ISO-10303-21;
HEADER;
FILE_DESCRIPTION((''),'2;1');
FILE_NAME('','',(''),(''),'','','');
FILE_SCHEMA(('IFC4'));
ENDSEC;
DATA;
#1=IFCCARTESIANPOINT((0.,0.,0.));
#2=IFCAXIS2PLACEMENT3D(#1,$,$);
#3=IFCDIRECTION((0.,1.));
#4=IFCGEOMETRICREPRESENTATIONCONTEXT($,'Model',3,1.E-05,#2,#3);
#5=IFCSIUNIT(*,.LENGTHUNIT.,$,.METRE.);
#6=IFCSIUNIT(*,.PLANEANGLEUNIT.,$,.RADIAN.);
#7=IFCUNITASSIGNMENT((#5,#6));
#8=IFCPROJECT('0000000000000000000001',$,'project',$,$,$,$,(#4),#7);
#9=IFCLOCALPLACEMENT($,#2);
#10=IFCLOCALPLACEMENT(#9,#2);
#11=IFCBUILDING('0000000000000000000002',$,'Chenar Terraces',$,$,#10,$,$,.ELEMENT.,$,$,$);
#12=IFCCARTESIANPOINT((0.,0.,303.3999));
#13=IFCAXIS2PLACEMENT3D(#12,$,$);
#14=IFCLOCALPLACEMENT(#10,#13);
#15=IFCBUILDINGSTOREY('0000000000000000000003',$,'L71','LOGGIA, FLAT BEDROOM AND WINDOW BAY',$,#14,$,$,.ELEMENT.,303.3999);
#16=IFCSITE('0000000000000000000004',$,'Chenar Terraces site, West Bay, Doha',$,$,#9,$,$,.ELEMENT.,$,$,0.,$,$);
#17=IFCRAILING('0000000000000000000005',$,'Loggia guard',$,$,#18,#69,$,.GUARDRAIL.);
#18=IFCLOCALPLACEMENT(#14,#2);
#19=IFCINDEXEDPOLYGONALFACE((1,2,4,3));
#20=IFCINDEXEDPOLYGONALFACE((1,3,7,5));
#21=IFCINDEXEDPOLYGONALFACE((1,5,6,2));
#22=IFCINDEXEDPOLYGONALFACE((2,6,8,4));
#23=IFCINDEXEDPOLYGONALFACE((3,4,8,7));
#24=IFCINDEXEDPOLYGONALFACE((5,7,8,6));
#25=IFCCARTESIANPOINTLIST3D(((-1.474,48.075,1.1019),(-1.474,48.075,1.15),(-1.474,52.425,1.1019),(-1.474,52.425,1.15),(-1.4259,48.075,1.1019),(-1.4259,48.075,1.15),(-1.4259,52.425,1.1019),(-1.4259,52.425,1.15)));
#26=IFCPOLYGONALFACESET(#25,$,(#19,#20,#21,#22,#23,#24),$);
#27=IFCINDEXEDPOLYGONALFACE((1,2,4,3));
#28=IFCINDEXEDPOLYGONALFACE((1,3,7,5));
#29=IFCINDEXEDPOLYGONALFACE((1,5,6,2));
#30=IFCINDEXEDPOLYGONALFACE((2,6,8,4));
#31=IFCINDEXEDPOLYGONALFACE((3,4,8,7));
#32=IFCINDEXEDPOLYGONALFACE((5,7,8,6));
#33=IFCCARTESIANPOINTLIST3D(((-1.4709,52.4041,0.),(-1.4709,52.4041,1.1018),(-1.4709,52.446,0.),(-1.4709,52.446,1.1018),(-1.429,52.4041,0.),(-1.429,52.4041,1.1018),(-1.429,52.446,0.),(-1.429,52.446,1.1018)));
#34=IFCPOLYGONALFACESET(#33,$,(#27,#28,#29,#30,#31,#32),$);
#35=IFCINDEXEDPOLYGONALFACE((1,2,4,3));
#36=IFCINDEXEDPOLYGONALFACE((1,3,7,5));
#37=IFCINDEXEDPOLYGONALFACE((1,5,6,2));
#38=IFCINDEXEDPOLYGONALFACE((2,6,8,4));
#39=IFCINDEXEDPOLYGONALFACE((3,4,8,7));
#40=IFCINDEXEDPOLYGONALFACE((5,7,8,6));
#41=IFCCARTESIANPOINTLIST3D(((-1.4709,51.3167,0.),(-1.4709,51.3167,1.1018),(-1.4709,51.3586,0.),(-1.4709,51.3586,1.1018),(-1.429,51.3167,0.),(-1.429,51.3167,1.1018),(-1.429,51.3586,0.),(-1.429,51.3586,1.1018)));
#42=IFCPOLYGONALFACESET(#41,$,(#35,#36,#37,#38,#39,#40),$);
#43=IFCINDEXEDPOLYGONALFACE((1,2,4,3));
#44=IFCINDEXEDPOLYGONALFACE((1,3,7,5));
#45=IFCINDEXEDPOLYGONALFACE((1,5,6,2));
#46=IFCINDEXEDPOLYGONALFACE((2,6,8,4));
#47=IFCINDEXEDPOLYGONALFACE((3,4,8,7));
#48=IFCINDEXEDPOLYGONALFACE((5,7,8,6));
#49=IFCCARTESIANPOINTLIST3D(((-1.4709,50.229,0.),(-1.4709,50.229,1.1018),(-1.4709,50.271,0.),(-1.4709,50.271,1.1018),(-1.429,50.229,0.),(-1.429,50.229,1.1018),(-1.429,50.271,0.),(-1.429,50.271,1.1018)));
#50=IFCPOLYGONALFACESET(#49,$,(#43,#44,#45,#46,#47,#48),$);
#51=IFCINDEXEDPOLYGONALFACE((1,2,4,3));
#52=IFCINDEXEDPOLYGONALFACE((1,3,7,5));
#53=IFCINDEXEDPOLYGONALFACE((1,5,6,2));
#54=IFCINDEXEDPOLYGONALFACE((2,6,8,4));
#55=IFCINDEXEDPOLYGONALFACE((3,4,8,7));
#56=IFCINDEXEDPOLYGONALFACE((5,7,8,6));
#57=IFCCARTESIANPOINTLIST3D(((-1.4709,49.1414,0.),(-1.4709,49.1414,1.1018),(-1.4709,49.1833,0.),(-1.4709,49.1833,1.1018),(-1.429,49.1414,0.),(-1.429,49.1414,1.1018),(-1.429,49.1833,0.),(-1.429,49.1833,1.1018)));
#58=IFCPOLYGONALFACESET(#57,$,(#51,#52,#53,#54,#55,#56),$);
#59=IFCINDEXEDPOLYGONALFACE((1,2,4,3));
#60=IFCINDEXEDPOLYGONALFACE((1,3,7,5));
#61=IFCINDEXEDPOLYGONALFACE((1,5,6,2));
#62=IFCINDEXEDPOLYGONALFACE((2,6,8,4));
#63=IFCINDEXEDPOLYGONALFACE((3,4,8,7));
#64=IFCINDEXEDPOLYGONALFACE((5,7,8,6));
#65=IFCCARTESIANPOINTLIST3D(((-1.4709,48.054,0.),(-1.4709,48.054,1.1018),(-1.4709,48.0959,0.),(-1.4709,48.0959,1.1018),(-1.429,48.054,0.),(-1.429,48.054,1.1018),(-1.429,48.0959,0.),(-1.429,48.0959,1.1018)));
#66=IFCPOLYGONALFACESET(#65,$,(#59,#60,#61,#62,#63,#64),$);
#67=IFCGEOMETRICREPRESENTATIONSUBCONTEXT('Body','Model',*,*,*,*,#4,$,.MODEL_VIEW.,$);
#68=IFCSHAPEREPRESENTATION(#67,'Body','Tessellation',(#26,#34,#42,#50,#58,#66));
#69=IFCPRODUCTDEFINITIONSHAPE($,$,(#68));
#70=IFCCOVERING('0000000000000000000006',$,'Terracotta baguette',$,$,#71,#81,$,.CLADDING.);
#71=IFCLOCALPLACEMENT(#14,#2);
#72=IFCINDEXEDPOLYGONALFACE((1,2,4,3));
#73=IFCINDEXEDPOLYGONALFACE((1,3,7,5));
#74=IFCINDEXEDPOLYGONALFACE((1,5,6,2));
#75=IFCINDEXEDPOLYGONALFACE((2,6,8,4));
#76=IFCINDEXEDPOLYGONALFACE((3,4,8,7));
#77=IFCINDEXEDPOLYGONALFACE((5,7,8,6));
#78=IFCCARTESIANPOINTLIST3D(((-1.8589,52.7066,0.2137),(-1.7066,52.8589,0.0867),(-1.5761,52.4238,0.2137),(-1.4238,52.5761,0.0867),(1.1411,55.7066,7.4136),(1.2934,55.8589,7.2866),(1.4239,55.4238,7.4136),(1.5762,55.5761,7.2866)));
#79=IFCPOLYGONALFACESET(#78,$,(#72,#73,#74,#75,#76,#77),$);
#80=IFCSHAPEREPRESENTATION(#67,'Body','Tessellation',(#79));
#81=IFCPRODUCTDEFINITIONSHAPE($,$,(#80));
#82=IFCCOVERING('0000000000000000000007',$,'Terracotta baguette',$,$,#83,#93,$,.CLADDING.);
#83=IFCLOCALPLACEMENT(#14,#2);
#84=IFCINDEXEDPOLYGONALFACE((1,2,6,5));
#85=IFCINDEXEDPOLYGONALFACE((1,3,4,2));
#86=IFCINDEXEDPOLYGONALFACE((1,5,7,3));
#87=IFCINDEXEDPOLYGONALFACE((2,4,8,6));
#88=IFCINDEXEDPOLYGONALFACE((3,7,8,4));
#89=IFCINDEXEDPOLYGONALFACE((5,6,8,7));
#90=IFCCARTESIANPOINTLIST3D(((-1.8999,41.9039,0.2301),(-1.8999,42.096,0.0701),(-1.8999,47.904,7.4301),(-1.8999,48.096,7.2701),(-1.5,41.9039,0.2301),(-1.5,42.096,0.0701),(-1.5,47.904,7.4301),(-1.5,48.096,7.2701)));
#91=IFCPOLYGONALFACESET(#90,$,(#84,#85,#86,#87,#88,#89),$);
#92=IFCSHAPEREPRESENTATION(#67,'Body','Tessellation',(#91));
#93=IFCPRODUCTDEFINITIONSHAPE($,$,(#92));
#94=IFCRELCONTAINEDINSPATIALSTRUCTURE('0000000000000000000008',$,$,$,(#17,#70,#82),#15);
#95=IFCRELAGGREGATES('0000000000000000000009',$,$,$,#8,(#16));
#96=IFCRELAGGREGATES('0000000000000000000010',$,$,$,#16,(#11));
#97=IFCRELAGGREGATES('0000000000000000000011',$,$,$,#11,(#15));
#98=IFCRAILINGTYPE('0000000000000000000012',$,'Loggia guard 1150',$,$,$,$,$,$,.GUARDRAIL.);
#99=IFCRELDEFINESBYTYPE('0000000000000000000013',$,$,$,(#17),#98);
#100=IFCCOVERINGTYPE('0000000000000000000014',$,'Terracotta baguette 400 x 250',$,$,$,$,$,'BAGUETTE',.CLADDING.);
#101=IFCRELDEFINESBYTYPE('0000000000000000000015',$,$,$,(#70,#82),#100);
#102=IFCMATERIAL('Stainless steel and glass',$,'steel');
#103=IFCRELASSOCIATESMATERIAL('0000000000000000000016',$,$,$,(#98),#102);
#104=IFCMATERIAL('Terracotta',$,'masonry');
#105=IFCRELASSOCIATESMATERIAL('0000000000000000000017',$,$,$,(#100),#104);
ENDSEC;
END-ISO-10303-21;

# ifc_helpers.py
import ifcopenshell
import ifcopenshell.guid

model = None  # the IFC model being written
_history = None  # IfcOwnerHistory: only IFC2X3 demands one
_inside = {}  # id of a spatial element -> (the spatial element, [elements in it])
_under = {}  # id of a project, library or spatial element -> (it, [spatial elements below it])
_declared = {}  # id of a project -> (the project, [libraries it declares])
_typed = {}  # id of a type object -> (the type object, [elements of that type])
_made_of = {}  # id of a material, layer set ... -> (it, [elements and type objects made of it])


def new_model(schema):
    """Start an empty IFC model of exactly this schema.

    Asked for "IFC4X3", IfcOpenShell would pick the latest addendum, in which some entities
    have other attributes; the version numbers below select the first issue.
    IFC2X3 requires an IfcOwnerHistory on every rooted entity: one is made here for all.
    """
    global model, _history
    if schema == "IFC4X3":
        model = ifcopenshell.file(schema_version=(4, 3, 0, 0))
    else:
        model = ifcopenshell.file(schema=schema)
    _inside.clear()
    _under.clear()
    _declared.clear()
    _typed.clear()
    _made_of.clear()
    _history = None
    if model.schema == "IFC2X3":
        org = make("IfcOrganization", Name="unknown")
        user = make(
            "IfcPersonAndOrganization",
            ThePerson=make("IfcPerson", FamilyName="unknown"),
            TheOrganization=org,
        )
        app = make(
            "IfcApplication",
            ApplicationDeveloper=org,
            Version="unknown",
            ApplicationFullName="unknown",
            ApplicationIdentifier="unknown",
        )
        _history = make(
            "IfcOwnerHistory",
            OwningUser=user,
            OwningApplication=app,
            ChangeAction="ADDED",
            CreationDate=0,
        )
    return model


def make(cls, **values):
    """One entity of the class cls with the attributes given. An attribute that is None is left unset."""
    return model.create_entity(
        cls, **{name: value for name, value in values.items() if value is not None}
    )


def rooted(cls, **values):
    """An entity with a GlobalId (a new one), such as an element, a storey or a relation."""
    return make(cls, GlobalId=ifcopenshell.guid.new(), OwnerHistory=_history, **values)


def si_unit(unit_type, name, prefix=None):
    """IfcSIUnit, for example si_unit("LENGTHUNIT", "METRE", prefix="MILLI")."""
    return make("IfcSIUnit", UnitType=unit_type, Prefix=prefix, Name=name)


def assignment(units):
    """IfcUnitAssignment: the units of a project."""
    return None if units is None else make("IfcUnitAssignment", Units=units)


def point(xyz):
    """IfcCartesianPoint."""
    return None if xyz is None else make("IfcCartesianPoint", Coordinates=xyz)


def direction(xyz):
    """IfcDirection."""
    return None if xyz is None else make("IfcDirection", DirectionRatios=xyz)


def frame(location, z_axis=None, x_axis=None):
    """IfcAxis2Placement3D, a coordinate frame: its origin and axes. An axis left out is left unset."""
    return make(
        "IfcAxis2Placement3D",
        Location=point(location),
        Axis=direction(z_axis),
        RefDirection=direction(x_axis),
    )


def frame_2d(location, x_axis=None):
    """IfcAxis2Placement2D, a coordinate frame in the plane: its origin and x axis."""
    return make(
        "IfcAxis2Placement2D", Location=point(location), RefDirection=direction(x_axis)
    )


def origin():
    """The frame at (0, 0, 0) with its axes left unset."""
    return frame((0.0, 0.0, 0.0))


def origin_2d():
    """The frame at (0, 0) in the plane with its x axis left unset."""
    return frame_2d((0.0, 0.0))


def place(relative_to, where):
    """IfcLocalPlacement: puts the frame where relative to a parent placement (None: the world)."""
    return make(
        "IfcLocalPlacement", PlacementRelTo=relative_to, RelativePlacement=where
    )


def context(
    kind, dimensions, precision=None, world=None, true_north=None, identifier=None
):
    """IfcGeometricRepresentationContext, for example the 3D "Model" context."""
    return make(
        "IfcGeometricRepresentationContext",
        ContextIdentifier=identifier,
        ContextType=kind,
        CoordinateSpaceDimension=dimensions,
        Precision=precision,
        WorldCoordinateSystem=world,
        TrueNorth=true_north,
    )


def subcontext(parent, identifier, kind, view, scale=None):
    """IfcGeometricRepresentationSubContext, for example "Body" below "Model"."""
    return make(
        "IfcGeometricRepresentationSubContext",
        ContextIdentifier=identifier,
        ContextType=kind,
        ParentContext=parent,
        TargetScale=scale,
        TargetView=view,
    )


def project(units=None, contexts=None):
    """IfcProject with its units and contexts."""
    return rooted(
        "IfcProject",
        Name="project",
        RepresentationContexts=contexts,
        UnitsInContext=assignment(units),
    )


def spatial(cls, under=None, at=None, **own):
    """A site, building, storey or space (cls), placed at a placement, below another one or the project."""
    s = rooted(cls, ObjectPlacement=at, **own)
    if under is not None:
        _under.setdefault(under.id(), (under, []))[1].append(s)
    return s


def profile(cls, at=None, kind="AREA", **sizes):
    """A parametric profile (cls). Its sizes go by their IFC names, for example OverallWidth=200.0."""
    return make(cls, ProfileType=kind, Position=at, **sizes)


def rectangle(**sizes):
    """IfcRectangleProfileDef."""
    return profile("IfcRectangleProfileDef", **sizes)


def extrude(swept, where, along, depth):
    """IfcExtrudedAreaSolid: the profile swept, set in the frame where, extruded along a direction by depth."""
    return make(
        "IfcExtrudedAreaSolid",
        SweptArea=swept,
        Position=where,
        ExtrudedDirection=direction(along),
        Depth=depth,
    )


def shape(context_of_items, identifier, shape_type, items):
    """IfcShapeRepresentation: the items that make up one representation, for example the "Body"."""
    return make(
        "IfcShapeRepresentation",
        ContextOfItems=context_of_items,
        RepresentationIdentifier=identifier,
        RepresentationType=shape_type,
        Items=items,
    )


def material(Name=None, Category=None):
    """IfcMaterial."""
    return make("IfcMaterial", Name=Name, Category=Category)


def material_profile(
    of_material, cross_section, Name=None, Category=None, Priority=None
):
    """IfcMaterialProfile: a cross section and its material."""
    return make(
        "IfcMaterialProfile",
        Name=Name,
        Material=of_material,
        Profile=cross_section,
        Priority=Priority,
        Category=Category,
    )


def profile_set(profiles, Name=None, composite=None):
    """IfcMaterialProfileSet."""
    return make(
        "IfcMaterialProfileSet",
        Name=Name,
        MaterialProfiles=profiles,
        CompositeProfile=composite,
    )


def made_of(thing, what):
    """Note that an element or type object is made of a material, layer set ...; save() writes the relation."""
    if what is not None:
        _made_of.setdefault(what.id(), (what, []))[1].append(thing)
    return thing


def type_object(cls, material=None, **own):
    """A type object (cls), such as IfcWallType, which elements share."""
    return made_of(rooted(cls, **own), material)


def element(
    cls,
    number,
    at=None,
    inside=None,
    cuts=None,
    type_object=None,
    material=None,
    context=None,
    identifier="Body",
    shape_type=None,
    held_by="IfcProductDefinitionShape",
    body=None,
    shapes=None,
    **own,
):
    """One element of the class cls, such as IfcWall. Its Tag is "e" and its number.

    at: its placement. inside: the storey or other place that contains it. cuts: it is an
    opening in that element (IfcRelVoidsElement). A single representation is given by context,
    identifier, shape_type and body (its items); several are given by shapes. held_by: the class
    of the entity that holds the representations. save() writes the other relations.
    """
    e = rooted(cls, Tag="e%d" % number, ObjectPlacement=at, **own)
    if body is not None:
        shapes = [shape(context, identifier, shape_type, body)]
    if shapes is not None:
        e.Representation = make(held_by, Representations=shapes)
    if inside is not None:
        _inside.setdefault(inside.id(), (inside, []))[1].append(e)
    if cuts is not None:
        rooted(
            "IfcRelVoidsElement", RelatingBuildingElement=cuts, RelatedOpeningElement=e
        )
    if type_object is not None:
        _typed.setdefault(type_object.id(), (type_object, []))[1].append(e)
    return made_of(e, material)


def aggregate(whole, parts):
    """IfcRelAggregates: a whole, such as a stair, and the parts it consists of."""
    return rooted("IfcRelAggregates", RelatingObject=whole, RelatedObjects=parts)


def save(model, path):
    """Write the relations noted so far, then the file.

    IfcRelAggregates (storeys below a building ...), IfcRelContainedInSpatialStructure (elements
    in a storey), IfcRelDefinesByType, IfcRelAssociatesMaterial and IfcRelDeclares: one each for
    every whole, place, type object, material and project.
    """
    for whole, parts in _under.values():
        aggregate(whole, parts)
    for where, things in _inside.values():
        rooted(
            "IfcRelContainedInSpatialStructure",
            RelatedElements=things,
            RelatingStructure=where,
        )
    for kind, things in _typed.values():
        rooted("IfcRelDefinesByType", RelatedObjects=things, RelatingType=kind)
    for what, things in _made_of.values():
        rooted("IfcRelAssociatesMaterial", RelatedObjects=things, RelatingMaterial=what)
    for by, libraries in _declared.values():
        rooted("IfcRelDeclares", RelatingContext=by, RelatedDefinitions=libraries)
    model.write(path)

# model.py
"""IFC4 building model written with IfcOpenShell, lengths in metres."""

from ifc_helpers import new_model, si_unit, direction, frame, origin, origin_2d, place, context, subcontext, project, spatial, rectangle, extrude, material, material_profile, profile_set, type_object, element, save


model = new_model("IFC4")

# Units and contexts
model_context = context("Model", 3, precision=1e-05, world=origin(), true_north=direction((0.0, 1.0)))
body_context = subcontext(model_context, "Body", "Model", "MODEL_VIEW")
ifc_project = project(units=[si_unit("LENGTHUNIT", "METRE"), si_unit("PLANEANGLEUNIT", "RADIAN")], contexts=[model_context])

# Site, building, storey
site_placement = place(None, origin())
site = spatial("IfcSite", under=ifc_project, at=site_placement, Name="Chenar Terraces site, West Bay, Doha", CompositionType="ELEMENT", RefElevation=0.0)
building_placement = place(site_placement, origin())
building = spatial("IfcBuilding", under=site, at=building_placement, Name="Chenar Terraces", CompositionType="ELEMENT")
storey_placement = place(building_placement, frame((0.0, 0.0, 303.3999)))
storey = spatial("IfcBuildingStorey", under=building, at=storey_placement, Name="L71", Description="LOGGIA, FLAT BEDROOM AND WINDOW BAY", CompositionType="ELEMENT", Elevation=303.3999)

# Railing
ifc_material_1 = material(Name="Stainless steel and glass", Category="steel")
railing_type = type_object("IfcRailingType", Name="Loggia guard 1150", PredefinedType="GUARDRAIL", material=ifc_material_1)
railing_1_placement = place(storey_placement, frame((-1.45, 52.425, 0.0)))
element("IfcRailing", 1, at=railing_1_placement, inside=storey, type_object=railing_type, Name="Loggia guard", PredefinedType="GUARDRAIL", context=body_context, shape_type="SweptSolid", body=[
    extrude(rectangle(XDim=0.0481, YDim=0.0481, at=origin_2d()), frame((0.0, 0.0, 1.126), z_axis=(0.0, -1.0, 0.0), x_axis=(1.0, 0.0, 0.0)), (0.0, 0.0, 1.0), 4.3501),
    extrude(rectangle(XDim=0.042, YDim=0.042, at=origin_2d()), origin(), (0.0, 0.0, 1.0), 1.1018),
    extrude(rectangle(XDim=0.042, YDim=0.042, at=origin_2d()), frame((0.0, -1.0874, 0.0)), (0.0, 0.0, 1.0), 1.1018),
    extrude(rectangle(XDim=0.042, YDim=0.042, at=origin_2d()), frame((0.0, -2.175, 0.0)), (0.0, 0.0, 1.0), 1.1018),
    extrude(rectangle(XDim=0.042, YDim=0.042, at=origin_2d()), frame((0.0, -3.2627, 0.0)), (0.0, 0.0, 1.0), 1.1018),
    extrude(rectangle(XDim=0.042, YDim=0.042, at=origin_2d()), frame((0.0, -4.3501, 0.0)), (0.0, 0.0, 1.0), 1.1018),
])

# Coverings
ifc_material_2 = material(Name="Terracotta", Category="masonry")
ifc_material_profile_1 = material_profile(ifc_material_2, rectangle(XDim=0.3999, YDim=0.25, at=origin_2d()), Name="Terracotta baguette 400 x 250")
ifc_profile_set_1 = profile_set([ifc_material_profile_1], Name="Terracotta")
covering_type = type_object("IfcCoveringType", Name="Terracotta baguette 400 x 250", ElementType="BAGUETTE", PredefinedType="CLADDING", material=ifc_profile_set_1)
covering_1_placement = place(storey_placement, frame((1.3586, 55.6414, 7.3501), z_axis=(-0.358981, -0.358981, -0.861548), x_axis=(0.707107, -0.707107, 0.0)))
element("IfcCovering", 2, at=covering_1_placement, inside=storey, type_object=covering_type, Name="Terracotta baguette", PredefinedType="CLADDING", context=body_context, shape_type="SweptSolid", body=[
    extrude(rectangle(XDim=0.3999, YDim=0.25, at=origin_2d()), origin(), (0.0, 0.0, 1.0), 8.3569),
])
covering_2_placement = place(storey_placement, frame((-1.7, 48.0, 7.3501), z_axis=(0.0, -0.640187, -0.768219), x_axis=(1.0, 0.0, 0.0)))
element("IfcCovering", 3, at=covering_2_placement, inside=storey, type_object=covering_type, Name="Terracotta baguette", PredefinedType="CLADDING", context=body_context, shape_type="SweptSolid", body=[
    extrude(rectangle(XDim=0.3999, YDim=0.25, at=origin_2d()), origin(), (0.0, 0.0, 1.0), 9.3723),
])

save(model, "model.ifc")
